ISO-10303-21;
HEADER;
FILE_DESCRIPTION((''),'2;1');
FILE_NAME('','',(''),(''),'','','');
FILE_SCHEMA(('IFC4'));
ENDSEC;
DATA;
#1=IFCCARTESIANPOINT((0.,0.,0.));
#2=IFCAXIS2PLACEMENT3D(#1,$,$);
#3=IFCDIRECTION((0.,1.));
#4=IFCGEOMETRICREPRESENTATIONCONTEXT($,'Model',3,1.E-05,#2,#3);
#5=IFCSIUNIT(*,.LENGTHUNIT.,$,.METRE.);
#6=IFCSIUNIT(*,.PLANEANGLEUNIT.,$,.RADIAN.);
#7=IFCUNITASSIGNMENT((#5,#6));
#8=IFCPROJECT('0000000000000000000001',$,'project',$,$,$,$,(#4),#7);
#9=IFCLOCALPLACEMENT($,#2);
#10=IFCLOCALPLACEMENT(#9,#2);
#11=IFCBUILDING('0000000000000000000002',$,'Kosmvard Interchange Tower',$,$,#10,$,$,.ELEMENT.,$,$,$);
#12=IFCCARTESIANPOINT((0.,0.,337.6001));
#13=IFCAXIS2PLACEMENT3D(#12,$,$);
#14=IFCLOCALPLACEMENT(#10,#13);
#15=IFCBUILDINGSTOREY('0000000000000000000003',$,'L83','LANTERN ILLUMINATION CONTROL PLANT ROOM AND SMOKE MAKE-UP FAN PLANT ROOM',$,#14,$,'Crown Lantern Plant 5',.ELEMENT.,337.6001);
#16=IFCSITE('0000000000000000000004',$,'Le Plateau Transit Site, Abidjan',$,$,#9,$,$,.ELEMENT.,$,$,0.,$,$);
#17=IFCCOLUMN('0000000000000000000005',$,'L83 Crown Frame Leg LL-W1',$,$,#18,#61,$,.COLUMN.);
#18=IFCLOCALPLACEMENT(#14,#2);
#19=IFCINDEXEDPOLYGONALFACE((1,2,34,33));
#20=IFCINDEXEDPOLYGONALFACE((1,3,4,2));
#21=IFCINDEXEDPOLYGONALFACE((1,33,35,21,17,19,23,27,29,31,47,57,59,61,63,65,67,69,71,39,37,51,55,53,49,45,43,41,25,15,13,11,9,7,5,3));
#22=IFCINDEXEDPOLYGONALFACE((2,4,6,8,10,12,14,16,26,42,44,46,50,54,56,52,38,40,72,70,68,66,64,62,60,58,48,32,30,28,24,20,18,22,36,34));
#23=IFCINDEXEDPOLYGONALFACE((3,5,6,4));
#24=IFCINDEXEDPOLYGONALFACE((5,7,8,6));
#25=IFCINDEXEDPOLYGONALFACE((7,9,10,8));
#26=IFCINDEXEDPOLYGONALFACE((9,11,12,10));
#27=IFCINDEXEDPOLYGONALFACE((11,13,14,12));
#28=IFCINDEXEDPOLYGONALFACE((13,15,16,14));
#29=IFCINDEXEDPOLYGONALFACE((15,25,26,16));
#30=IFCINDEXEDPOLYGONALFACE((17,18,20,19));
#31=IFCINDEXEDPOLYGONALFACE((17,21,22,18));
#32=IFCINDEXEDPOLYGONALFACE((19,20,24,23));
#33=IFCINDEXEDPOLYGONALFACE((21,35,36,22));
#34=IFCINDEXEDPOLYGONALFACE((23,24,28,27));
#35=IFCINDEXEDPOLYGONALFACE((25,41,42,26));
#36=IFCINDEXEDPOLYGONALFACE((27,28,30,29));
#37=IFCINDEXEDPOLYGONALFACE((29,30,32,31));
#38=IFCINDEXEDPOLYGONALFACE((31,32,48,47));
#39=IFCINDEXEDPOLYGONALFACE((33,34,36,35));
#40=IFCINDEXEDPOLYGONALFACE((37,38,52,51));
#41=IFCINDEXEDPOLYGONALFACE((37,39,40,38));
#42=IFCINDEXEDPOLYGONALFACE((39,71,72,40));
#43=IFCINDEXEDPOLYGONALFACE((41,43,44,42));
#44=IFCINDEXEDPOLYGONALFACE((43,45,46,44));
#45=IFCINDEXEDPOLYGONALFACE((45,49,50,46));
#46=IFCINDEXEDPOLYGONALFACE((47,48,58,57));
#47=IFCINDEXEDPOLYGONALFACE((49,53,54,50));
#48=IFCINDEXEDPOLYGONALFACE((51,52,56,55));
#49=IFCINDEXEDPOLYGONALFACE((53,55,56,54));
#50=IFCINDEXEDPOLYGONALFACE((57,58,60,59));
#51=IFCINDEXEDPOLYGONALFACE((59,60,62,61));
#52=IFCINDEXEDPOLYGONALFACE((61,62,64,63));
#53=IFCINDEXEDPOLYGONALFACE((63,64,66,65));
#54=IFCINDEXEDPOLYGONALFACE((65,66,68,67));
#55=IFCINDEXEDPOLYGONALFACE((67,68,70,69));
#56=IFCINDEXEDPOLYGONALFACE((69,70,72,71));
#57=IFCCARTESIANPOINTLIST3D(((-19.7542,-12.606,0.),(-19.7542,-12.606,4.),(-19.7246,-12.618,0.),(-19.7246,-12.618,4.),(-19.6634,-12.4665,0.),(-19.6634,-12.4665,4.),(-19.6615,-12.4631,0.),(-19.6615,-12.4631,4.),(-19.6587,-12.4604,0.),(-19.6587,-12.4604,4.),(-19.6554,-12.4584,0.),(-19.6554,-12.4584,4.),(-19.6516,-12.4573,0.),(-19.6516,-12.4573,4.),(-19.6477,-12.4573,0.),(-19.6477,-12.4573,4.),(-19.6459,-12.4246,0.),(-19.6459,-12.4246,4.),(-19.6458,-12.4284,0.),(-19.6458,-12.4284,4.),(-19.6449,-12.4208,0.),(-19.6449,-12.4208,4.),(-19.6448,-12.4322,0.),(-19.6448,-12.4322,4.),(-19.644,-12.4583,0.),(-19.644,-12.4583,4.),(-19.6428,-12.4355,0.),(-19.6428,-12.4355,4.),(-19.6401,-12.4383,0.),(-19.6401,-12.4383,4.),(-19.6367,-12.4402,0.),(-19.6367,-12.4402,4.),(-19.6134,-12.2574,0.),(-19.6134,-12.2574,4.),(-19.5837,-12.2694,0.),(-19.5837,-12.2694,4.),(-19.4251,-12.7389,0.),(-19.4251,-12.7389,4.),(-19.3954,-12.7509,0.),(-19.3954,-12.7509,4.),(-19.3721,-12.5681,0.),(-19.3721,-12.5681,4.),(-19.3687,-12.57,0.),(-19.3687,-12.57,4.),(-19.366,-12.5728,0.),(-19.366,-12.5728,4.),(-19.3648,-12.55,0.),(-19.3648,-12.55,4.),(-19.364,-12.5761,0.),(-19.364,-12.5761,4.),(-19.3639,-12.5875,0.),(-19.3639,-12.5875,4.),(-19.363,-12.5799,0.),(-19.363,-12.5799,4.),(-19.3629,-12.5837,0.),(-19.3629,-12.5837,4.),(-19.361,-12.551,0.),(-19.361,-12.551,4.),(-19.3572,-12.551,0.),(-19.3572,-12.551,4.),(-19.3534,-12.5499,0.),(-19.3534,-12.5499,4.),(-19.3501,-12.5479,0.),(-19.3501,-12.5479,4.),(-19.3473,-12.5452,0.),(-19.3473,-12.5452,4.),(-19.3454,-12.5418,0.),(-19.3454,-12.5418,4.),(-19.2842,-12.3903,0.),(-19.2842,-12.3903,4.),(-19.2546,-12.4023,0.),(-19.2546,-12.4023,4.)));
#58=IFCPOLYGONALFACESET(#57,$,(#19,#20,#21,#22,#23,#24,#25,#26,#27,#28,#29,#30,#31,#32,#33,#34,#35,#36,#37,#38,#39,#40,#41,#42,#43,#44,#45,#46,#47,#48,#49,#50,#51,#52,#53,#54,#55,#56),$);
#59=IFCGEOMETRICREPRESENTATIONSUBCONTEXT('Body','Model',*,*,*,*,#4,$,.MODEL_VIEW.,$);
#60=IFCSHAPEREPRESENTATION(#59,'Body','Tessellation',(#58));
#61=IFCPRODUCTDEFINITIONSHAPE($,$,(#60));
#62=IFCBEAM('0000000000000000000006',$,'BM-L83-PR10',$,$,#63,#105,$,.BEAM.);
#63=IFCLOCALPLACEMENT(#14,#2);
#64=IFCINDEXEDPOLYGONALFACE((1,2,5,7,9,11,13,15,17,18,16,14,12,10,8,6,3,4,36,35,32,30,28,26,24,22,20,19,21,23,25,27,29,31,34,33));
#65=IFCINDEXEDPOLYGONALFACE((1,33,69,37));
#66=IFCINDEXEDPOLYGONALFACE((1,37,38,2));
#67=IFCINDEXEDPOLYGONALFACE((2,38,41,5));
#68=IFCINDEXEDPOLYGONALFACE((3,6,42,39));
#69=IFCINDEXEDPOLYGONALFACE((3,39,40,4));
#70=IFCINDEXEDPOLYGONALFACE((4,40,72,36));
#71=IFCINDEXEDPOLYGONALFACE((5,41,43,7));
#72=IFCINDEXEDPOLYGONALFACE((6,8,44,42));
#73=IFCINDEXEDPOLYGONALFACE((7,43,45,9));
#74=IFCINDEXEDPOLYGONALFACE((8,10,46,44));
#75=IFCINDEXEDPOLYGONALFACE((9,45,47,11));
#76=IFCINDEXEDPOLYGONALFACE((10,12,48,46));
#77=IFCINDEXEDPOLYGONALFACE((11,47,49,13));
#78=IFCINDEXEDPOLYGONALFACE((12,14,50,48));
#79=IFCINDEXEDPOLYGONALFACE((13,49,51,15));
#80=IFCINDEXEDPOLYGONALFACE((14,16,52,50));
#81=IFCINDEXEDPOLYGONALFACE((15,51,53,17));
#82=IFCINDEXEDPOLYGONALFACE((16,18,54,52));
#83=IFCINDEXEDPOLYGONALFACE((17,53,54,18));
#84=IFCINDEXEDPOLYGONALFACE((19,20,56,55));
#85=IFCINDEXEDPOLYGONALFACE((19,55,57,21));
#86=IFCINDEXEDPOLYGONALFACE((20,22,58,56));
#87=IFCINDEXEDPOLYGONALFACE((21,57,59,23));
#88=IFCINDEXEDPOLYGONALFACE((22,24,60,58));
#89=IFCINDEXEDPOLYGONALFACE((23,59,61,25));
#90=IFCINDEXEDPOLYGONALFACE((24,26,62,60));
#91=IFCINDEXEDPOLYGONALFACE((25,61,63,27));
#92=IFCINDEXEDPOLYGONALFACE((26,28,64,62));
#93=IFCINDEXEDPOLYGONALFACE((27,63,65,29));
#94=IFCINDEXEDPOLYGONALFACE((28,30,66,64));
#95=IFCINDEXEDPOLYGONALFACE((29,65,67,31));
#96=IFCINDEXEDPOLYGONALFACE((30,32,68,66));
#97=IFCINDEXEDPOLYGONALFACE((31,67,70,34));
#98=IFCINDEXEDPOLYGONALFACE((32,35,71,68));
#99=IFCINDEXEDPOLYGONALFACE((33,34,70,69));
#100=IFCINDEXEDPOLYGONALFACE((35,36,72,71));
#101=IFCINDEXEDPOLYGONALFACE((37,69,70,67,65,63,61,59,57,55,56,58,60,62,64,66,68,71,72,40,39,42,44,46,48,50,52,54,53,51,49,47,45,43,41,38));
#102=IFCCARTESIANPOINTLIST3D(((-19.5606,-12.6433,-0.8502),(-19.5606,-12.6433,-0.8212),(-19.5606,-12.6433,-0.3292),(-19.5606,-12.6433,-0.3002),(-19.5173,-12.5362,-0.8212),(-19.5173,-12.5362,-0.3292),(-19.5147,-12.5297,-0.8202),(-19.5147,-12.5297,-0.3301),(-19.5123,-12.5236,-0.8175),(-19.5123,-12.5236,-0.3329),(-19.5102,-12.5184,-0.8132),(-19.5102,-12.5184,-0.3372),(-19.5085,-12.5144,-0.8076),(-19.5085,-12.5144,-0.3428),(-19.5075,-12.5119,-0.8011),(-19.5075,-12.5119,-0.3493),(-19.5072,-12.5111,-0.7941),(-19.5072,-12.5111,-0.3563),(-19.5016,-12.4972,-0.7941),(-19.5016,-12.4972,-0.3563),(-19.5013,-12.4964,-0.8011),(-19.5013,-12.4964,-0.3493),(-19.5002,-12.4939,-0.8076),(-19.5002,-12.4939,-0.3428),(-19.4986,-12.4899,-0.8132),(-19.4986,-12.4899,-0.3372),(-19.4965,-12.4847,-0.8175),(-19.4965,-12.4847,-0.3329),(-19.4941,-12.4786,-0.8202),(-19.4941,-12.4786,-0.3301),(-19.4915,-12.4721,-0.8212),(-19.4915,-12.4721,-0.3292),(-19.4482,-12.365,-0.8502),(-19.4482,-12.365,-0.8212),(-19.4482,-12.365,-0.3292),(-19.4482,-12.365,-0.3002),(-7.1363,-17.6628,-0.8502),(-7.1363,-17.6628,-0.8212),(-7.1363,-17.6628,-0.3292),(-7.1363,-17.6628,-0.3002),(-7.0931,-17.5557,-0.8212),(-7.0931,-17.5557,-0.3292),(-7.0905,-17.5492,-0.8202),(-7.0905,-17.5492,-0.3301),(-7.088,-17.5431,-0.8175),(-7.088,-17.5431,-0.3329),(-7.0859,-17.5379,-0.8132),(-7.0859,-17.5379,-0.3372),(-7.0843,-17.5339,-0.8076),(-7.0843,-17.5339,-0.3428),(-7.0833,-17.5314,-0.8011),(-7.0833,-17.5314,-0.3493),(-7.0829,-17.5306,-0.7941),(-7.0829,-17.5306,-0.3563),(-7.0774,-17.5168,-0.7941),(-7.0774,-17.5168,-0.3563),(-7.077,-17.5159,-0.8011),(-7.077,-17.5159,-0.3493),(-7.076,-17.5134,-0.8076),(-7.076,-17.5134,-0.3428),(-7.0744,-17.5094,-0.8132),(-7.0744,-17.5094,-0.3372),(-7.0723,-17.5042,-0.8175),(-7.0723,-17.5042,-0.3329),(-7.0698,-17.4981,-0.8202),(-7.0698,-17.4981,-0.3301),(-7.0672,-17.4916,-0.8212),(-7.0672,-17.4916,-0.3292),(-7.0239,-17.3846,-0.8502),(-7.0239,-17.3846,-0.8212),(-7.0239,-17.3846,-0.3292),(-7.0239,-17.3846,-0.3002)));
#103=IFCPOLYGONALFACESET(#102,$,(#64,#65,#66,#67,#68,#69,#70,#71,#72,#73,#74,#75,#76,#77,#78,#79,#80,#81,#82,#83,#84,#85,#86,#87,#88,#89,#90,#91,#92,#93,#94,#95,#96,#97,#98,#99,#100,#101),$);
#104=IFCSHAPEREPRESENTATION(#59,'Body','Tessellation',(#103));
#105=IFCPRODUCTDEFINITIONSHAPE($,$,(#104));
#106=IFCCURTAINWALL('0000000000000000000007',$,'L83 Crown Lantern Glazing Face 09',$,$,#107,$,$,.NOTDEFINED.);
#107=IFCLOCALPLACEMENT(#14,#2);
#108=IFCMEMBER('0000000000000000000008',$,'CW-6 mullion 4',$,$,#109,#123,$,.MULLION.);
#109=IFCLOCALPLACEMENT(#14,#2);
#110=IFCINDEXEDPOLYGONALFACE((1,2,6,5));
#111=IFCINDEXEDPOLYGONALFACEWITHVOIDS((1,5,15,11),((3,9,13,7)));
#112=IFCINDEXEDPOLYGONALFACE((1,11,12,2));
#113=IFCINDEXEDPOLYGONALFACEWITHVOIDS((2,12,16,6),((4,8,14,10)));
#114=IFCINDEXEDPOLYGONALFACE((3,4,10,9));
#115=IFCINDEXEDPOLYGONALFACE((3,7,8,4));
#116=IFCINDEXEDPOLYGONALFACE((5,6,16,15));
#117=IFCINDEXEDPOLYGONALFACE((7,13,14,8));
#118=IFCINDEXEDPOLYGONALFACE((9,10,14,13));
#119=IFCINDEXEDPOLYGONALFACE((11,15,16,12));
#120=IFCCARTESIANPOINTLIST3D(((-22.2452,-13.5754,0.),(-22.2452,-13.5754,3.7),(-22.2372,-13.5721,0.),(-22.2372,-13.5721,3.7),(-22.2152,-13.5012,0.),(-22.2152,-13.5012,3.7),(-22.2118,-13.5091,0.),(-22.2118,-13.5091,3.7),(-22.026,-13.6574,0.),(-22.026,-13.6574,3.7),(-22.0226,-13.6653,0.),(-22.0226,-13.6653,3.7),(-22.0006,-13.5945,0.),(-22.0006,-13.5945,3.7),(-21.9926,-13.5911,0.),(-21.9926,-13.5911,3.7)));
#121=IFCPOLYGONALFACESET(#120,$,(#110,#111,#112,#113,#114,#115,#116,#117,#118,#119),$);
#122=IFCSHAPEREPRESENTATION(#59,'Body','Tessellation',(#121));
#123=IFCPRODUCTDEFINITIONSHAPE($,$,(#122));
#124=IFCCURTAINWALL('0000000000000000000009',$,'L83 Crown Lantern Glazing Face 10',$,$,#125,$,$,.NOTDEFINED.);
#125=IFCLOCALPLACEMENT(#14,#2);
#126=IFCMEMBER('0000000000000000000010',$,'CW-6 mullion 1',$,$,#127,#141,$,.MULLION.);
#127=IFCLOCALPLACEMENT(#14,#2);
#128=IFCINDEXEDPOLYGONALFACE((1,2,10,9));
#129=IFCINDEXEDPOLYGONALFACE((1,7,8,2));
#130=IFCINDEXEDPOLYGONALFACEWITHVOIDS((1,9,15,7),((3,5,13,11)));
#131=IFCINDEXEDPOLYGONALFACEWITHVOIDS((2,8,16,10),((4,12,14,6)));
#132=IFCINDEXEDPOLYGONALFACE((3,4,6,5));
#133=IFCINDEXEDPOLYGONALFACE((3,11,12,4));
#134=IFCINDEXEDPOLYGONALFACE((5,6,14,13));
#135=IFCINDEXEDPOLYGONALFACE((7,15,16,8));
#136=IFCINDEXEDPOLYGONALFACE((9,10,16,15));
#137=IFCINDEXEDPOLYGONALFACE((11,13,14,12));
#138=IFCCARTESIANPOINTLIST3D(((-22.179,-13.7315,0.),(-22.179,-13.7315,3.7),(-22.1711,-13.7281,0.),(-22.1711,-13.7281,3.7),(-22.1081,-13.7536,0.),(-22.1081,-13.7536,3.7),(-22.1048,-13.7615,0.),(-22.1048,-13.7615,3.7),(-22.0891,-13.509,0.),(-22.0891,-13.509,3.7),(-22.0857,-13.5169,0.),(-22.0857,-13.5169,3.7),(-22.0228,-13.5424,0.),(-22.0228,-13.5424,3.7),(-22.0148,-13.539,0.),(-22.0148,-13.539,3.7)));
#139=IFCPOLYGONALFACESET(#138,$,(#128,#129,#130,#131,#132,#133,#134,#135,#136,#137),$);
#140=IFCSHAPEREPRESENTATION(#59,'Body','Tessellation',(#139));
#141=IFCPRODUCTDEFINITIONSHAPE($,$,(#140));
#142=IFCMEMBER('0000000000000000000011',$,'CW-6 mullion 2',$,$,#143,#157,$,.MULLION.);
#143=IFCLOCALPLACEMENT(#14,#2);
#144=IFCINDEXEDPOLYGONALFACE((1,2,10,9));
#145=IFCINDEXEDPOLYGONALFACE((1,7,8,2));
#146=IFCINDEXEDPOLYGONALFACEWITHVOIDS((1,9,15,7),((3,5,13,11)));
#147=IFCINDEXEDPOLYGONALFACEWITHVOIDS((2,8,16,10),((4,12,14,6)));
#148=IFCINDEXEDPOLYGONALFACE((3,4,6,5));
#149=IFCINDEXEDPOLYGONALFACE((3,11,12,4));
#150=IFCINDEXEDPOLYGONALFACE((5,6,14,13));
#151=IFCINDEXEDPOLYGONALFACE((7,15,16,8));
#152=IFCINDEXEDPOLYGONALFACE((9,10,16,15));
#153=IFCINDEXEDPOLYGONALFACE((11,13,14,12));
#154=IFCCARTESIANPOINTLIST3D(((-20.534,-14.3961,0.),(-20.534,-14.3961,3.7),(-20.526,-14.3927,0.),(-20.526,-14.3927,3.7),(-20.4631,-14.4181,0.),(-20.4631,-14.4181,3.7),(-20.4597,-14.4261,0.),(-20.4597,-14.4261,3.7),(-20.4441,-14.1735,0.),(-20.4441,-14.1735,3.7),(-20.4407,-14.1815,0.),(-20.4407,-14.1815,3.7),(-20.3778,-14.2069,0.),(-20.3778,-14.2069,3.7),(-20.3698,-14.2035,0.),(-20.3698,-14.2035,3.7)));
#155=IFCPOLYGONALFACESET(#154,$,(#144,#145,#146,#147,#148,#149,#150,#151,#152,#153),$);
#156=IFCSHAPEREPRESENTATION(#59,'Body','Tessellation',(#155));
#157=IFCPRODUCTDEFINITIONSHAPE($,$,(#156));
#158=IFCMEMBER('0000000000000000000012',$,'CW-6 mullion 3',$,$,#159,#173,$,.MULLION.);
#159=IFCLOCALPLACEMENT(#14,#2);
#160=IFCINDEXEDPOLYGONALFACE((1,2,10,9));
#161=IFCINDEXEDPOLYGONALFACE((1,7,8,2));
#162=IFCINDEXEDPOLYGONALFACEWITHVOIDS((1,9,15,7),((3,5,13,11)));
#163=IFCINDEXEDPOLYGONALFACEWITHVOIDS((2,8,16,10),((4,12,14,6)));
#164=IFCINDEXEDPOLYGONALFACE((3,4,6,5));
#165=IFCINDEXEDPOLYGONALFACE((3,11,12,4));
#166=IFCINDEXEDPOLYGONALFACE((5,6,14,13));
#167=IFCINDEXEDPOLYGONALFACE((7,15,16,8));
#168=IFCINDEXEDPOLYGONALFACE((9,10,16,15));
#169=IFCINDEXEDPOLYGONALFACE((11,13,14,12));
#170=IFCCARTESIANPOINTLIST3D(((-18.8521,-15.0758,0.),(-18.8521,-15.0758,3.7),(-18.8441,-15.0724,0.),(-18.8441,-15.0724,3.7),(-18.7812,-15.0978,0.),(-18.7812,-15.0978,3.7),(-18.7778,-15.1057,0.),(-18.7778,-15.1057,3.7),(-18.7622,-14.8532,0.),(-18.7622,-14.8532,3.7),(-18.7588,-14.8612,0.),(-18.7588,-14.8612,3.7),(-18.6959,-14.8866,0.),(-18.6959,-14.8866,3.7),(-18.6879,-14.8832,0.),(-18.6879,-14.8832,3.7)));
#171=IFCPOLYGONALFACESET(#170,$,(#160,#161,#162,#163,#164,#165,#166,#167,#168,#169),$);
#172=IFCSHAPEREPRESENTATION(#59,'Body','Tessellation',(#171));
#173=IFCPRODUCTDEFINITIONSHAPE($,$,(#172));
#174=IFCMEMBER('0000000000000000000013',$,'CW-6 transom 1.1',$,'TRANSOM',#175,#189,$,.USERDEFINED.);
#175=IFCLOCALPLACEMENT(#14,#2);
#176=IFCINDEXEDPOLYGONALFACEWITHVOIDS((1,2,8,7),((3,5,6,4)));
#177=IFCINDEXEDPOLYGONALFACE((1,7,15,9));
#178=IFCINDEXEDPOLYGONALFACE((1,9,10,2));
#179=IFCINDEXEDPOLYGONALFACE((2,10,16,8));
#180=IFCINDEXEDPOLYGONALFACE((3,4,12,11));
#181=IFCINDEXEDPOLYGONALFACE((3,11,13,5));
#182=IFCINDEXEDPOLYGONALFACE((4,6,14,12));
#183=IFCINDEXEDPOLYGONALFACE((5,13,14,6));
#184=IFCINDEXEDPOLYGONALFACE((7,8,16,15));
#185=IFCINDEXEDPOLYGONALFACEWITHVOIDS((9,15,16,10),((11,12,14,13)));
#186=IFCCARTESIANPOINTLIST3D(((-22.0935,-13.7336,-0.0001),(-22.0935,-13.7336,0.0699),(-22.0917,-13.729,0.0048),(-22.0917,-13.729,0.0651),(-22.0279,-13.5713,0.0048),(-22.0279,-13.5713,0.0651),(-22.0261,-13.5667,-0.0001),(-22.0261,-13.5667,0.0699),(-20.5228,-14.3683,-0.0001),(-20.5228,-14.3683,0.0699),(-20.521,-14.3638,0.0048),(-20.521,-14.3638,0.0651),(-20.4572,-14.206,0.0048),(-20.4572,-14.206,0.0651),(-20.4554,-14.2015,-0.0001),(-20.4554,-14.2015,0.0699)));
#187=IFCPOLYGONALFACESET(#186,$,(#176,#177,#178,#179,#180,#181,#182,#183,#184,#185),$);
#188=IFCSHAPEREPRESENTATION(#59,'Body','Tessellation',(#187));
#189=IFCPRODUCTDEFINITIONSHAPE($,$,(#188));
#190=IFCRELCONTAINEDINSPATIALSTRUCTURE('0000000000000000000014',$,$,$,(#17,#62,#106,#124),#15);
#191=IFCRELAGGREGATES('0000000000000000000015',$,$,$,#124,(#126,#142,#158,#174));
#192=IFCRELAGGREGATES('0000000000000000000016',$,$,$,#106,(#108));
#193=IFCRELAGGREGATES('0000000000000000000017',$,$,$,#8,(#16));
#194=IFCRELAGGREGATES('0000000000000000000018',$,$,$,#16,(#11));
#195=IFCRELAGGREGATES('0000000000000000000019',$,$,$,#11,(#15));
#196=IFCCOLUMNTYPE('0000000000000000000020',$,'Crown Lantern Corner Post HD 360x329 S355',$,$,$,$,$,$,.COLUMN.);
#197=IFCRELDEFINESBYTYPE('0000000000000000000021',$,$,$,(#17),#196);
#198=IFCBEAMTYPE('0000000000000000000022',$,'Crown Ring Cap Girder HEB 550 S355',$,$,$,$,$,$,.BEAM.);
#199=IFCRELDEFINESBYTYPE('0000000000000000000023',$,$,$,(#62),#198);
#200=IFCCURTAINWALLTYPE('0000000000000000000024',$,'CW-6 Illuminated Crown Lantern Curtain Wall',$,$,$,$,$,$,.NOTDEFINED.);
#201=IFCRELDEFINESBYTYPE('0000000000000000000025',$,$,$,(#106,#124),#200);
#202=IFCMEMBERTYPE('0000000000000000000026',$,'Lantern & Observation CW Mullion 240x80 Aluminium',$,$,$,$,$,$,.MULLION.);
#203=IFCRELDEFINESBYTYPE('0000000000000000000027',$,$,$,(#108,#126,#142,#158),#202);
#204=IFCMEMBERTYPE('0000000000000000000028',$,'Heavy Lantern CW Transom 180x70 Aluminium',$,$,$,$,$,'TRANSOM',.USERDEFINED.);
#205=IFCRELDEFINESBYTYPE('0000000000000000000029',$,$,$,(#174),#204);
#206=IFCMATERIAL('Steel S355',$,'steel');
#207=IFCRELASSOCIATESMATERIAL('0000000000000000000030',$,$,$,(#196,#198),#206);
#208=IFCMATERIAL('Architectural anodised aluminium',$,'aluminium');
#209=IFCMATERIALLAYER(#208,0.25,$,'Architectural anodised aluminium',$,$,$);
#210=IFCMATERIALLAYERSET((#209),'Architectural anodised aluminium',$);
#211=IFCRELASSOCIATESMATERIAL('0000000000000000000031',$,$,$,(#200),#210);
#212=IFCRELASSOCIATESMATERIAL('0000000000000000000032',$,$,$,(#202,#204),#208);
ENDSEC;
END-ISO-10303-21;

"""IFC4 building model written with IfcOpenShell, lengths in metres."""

from ifc_helpers import new_model, si_unit, direction, frame, origin, origin_2d, place, context, subcontext, project, spatial, hollow_rectangle, i_section, extrude, source, transform, mapped, material, layer, layer_set, material_profile, profile_set, type_object, element, aggregate, save


model = new_model("IFC4")

# Units and contexts
model_context = context("Model", 3, precision=1e-05, world=origin(), true_north=direction((0.0, 1.0)))
body_context = subcontext(model_context, "Body", "Model", "MODEL_VIEW")
ifc_project = project(units=[si_unit("LENGTHUNIT", "METRE"), si_unit("PLANEANGLEUNIT", "RADIAN")], contexts=[model_context])

# Site, building, storey
site_placement = place(None, origin())
site = spatial("IfcSite", under=ifc_project, at=site_placement, Name="Le Plateau Transit Site, Abidjan", CompositionType="ELEMENT", RefElevation=0.0)
building_placement = place(site_placement, origin())
building = spatial("IfcBuilding", under=site, at=building_placement, Name="Kosmvard Interchange Tower", CompositionType="ELEMENT")
storey_placement = place(building_placement, frame((0.0, 0.0, 337.6001)))
storey = spatial("IfcBuildingStorey", under=building, at=storey_placement, Name="L83", Description="LANTERN ILLUMINATION CONTROL PLANT ROOM AND SMOKE MAKE-UP FAN PLANT ROOM", LongName="Crown Lantern Plant 5", CompositionType="ELEMENT", Elevation=337.6001)

# Column
ifc_material_1 = material(Name="Steel S355", Category="steel")
ifc_material_profile_1 = material_profile(ifc_material_1, i_section(OverallWidth=0.376, OverallDepth=0.387, WebThickness=0.0195, FlangeThickness=0.032, FilletRadius=0.0149, at=origin_2d()), Name="HD 360x329")
ifc_profile_set_1 = profile_set([ifc_material_profile_1], Name="Steel S355")
column_type = type_object("IfcColumnType", Name="Crown Lantern Corner Post HD 360x329 S355", PredefinedType="COLUMN", material=ifc_profile_set_1)
shared_shape_1 = source(origin(), body_context, "Body", "SweptSolid", [
    extrude(i_section(OverallWidth=0.376, OverallDepth=0.387, WebThickness=0.0195, FlangeThickness=0.032, FilletRadius=0.0149, at=origin_2d()), origin(), (0.0, 0.0, 1.0), 4.0),
])
column_placement = place(storey_placement, frame((-19.5044, -12.5042, 0.0), z_axis=(0.0, 0.0, 1.0), x_axis=(0.374607, 0.927184, 0.0)))
element("IfcColumn", 1, at=column_placement, inside=storey, type_object=column_type, Name="L83 Crown Frame Leg LL-W1", PredefinedType="COLUMN", context=body_context, shape_type="MappedRepresentation", body=[
    mapped(shared_shape_1, transform((0.0, 0.0, 0.0), scale=1.0)),
])

# Beam
ifc_material_profile_2 = material_profile(ifc_material_1, i_section(OverallWidth=0.3, OverallDepth=0.55, WebThickness=0.0149, FlangeThickness=0.0291, FilletRadius=0.0271, at=origin_2d()), Name="HEB 550")
ifc_profile_set_2 = profile_set([ifc_material_profile_2], Name="Steel S355")
beam_type = type_object("IfcBeamType", Name="Crown Ring Cap Girder HEB 550 S355", PredefinedType="BEAM", material=ifc_profile_set_2)
shared_shape_2 = source(origin(), body_context, "Body", "SweptSolid", [
    extrude(i_section(OverallWidth=0.3, OverallDepth=0.55, WebThickness=0.0149, FlangeThickness=0.0291, FilletRadius=0.0271, at=origin_2d()), origin(), (0.0, 0.0, 1.0), 13.3999),
])
beam_placement = place(storey_placement, frame((-19.5044, -12.5042, -0.5752), z_axis=(0.92719, -0.374593, 0.0), x_axis=(0.374593, 0.92719, 0.0)))
element("IfcBeam", 2, at=beam_placement, inside=storey, type_object=beam_type, Name="BM-L83-PR10", PredefinedType="BEAM", context=body_context, shape_type="MappedRepresentation", body=[
    mapped(shared_shape_2, transform((0.0, 0.0, 0.0), scale=1.0)),
])

# Curtain wall, member
ifc_material_2 = material(Name="Architectural anodised aluminium", Category="aluminium")
ifc_layer_1 = layer(ifc_material_2, 0.25, Name="Architectural anodised aluminium")
ifc_layer_set_1 = layer_set([ifc_layer_1], Name="Architectural anodised aluminium")
curtain_wall_type = type_object("IfcCurtainWallType", Name="CW-6 Illuminated Crown Lantern Curtain Wall", PredefinedType="NOTDEFINED", material=ifc_layer_set_1)
curtain_wall_1_placement = place(storey_placement, origin())
curtain_wall_1 = element("IfcCurtainWall", 3, at=curtain_wall_1_placement, inside=storey, type_object=curtain_wall_type, Name="L83 Crown Lantern Glazing Face 09", PredefinedType="NOTDEFINED")
ifc_material_profile_3 = material_profile(ifc_material_2, hollow_rectangle(XDim=0.24, YDim=0.0801, WallThickness=0.0061, at=origin_2d()), Name="CWM 240x80x6")
ifc_profile_set_3 = profile_set([ifc_material_profile_3], Name="Architectural anodised aluminium")
member_type_1 = type_object("IfcMemberType", Name="Lantern & Observation CW Mullion 240x80 Aluminium", PredefinedType="MULLION", material=ifc_profile_set_3)
shared_shape_3 = source(origin(), body_context, "Body", "SweptSolid", [
    extrude(hollow_rectangle(XDim=0.24, YDim=0.0801, WallThickness=0.0061, at=origin_2d()), origin(), (0.0, 0.0, 1.0), 3.7),
])
member_1_placement = place(storey_placement, frame((-22.1189, -13.5833, 0.0), z_axis=(0.0, 0.0, 1.0), x_axis=(0.927184, -0.374607, 0.0)))
member_1 = element("IfcMember", 4, at=member_1_placement, type_object=member_type_1, Name="CW-6 mullion 4", PredefinedType="MULLION", context=body_context, shape_type="MappedRepresentation", body=[
    mapped(shared_shape_3, transform((0.0, 0.0, 0.0), scale=1.0)),
])

# Curtain wall, members
curtain_wall_2_placement = place(storey_placement, origin())
curtain_wall_2 = element("IfcCurtainWall", 5, at=curtain_wall_2_placement, inside=storey, type_object=curtain_wall_type, Name="L83 Crown Lantern Glazing Face 10", PredefinedType="NOTDEFINED")
member_2_placement = place(storey_placement, frame((-22.0969, -13.6353, 0.0), z_axis=(0.0, 0.0, 1.0), x_axis=(0.374607, 0.927184, 0.0)))
member_2 = element("IfcMember", 6, at=member_2_placement, type_object=member_type_1, Name="CW-6 mullion 1", PredefinedType="MULLION", context=body_context, shape_type="MappedRepresentation", body=[
    mapped(shared_shape_3, transform((0.0, 0.0, 0.0), scale=1.0)),
])
member_3_placement = place(storey_placement, frame((-20.4519, -14.2998, 0.0), z_axis=(0.0, 0.0, 1.0), x_axis=(0.374607, 0.927184, 0.0)))
member_3 = element("IfcMember", 7, at=member_3_placement, type_object=member_type_1, Name="CW-6 mullion 2", PredefinedType="MULLION", context=body_context, shape_type="MappedRepresentation", body=[
    mapped(shared_shape_3, transform((0.0, 0.0, 0.0), scale=1.0)),
])
member_4_placement = place(storey_placement, frame((-18.77, -14.9795, 0.0), z_axis=(0.0, 0.0, 1.0), x_axis=(0.374607, 0.927184, 0.0)))
member_4 = element("IfcMember", 8, at=member_4_placement, type_object=member_type_1, Name="CW-6 mullion 3", PredefinedType="MULLION", context=body_context, shape_type="MappedRepresentation", body=[
    mapped(shared_shape_3, transform((0.0, 0.0, 0.0), scale=1.0)),
])
ifc_material_profile_4 = material_profile(ifc_material_2, hollow_rectangle(XDim=0.1799, YDim=0.0701, WallThickness=0.0049, at=origin_2d()), Name="CWT 180x70x5")
ifc_profile_set_4 = profile_set([ifc_material_profile_4], Name="Architectural anodised aluminium")
member_type_2 = type_object("IfcMemberType", Name="Heavy Lantern CW Transom 180x70 Aluminium", ElementType="TRANSOM", PredefinedType="USERDEFINED", material=ifc_profile_set_4)
shared_shape_4 = source(origin(), body_context, "Body", "SweptSolid", [
    extrude(hollow_rectangle(XDim=0.1799, YDim=0.0701, WallThickness=0.0049, at=origin_2d()), origin(), (0.0, 0.0, 1.0), 1.6941),
])
member_5_placement = place(storey_placement, frame((-22.0598, -13.6501, 0.0349), z_axis=(0.927159, -0.374668, 0.0), x_axis=(0.374668, 0.927159, 0.0)))
member_5 = element("IfcMember", 9, at=member_5_placement, type_object=member_type_2, Name="CW-6 transom 1.1", ObjectType="TRANSOM", PredefinedType="USERDEFINED", context=body_context, shape_type="MappedRepresentation", body=[
    mapped(shared_shape_4, transform((0.0, 0.0, 0.0), scale=1.0)),
])
aggregate(curtain_wall_2, [member_2, member_3, member_4, member_5])

aggregate(curtain_wall_1, [member_1])

save(model, "model.ifc")
